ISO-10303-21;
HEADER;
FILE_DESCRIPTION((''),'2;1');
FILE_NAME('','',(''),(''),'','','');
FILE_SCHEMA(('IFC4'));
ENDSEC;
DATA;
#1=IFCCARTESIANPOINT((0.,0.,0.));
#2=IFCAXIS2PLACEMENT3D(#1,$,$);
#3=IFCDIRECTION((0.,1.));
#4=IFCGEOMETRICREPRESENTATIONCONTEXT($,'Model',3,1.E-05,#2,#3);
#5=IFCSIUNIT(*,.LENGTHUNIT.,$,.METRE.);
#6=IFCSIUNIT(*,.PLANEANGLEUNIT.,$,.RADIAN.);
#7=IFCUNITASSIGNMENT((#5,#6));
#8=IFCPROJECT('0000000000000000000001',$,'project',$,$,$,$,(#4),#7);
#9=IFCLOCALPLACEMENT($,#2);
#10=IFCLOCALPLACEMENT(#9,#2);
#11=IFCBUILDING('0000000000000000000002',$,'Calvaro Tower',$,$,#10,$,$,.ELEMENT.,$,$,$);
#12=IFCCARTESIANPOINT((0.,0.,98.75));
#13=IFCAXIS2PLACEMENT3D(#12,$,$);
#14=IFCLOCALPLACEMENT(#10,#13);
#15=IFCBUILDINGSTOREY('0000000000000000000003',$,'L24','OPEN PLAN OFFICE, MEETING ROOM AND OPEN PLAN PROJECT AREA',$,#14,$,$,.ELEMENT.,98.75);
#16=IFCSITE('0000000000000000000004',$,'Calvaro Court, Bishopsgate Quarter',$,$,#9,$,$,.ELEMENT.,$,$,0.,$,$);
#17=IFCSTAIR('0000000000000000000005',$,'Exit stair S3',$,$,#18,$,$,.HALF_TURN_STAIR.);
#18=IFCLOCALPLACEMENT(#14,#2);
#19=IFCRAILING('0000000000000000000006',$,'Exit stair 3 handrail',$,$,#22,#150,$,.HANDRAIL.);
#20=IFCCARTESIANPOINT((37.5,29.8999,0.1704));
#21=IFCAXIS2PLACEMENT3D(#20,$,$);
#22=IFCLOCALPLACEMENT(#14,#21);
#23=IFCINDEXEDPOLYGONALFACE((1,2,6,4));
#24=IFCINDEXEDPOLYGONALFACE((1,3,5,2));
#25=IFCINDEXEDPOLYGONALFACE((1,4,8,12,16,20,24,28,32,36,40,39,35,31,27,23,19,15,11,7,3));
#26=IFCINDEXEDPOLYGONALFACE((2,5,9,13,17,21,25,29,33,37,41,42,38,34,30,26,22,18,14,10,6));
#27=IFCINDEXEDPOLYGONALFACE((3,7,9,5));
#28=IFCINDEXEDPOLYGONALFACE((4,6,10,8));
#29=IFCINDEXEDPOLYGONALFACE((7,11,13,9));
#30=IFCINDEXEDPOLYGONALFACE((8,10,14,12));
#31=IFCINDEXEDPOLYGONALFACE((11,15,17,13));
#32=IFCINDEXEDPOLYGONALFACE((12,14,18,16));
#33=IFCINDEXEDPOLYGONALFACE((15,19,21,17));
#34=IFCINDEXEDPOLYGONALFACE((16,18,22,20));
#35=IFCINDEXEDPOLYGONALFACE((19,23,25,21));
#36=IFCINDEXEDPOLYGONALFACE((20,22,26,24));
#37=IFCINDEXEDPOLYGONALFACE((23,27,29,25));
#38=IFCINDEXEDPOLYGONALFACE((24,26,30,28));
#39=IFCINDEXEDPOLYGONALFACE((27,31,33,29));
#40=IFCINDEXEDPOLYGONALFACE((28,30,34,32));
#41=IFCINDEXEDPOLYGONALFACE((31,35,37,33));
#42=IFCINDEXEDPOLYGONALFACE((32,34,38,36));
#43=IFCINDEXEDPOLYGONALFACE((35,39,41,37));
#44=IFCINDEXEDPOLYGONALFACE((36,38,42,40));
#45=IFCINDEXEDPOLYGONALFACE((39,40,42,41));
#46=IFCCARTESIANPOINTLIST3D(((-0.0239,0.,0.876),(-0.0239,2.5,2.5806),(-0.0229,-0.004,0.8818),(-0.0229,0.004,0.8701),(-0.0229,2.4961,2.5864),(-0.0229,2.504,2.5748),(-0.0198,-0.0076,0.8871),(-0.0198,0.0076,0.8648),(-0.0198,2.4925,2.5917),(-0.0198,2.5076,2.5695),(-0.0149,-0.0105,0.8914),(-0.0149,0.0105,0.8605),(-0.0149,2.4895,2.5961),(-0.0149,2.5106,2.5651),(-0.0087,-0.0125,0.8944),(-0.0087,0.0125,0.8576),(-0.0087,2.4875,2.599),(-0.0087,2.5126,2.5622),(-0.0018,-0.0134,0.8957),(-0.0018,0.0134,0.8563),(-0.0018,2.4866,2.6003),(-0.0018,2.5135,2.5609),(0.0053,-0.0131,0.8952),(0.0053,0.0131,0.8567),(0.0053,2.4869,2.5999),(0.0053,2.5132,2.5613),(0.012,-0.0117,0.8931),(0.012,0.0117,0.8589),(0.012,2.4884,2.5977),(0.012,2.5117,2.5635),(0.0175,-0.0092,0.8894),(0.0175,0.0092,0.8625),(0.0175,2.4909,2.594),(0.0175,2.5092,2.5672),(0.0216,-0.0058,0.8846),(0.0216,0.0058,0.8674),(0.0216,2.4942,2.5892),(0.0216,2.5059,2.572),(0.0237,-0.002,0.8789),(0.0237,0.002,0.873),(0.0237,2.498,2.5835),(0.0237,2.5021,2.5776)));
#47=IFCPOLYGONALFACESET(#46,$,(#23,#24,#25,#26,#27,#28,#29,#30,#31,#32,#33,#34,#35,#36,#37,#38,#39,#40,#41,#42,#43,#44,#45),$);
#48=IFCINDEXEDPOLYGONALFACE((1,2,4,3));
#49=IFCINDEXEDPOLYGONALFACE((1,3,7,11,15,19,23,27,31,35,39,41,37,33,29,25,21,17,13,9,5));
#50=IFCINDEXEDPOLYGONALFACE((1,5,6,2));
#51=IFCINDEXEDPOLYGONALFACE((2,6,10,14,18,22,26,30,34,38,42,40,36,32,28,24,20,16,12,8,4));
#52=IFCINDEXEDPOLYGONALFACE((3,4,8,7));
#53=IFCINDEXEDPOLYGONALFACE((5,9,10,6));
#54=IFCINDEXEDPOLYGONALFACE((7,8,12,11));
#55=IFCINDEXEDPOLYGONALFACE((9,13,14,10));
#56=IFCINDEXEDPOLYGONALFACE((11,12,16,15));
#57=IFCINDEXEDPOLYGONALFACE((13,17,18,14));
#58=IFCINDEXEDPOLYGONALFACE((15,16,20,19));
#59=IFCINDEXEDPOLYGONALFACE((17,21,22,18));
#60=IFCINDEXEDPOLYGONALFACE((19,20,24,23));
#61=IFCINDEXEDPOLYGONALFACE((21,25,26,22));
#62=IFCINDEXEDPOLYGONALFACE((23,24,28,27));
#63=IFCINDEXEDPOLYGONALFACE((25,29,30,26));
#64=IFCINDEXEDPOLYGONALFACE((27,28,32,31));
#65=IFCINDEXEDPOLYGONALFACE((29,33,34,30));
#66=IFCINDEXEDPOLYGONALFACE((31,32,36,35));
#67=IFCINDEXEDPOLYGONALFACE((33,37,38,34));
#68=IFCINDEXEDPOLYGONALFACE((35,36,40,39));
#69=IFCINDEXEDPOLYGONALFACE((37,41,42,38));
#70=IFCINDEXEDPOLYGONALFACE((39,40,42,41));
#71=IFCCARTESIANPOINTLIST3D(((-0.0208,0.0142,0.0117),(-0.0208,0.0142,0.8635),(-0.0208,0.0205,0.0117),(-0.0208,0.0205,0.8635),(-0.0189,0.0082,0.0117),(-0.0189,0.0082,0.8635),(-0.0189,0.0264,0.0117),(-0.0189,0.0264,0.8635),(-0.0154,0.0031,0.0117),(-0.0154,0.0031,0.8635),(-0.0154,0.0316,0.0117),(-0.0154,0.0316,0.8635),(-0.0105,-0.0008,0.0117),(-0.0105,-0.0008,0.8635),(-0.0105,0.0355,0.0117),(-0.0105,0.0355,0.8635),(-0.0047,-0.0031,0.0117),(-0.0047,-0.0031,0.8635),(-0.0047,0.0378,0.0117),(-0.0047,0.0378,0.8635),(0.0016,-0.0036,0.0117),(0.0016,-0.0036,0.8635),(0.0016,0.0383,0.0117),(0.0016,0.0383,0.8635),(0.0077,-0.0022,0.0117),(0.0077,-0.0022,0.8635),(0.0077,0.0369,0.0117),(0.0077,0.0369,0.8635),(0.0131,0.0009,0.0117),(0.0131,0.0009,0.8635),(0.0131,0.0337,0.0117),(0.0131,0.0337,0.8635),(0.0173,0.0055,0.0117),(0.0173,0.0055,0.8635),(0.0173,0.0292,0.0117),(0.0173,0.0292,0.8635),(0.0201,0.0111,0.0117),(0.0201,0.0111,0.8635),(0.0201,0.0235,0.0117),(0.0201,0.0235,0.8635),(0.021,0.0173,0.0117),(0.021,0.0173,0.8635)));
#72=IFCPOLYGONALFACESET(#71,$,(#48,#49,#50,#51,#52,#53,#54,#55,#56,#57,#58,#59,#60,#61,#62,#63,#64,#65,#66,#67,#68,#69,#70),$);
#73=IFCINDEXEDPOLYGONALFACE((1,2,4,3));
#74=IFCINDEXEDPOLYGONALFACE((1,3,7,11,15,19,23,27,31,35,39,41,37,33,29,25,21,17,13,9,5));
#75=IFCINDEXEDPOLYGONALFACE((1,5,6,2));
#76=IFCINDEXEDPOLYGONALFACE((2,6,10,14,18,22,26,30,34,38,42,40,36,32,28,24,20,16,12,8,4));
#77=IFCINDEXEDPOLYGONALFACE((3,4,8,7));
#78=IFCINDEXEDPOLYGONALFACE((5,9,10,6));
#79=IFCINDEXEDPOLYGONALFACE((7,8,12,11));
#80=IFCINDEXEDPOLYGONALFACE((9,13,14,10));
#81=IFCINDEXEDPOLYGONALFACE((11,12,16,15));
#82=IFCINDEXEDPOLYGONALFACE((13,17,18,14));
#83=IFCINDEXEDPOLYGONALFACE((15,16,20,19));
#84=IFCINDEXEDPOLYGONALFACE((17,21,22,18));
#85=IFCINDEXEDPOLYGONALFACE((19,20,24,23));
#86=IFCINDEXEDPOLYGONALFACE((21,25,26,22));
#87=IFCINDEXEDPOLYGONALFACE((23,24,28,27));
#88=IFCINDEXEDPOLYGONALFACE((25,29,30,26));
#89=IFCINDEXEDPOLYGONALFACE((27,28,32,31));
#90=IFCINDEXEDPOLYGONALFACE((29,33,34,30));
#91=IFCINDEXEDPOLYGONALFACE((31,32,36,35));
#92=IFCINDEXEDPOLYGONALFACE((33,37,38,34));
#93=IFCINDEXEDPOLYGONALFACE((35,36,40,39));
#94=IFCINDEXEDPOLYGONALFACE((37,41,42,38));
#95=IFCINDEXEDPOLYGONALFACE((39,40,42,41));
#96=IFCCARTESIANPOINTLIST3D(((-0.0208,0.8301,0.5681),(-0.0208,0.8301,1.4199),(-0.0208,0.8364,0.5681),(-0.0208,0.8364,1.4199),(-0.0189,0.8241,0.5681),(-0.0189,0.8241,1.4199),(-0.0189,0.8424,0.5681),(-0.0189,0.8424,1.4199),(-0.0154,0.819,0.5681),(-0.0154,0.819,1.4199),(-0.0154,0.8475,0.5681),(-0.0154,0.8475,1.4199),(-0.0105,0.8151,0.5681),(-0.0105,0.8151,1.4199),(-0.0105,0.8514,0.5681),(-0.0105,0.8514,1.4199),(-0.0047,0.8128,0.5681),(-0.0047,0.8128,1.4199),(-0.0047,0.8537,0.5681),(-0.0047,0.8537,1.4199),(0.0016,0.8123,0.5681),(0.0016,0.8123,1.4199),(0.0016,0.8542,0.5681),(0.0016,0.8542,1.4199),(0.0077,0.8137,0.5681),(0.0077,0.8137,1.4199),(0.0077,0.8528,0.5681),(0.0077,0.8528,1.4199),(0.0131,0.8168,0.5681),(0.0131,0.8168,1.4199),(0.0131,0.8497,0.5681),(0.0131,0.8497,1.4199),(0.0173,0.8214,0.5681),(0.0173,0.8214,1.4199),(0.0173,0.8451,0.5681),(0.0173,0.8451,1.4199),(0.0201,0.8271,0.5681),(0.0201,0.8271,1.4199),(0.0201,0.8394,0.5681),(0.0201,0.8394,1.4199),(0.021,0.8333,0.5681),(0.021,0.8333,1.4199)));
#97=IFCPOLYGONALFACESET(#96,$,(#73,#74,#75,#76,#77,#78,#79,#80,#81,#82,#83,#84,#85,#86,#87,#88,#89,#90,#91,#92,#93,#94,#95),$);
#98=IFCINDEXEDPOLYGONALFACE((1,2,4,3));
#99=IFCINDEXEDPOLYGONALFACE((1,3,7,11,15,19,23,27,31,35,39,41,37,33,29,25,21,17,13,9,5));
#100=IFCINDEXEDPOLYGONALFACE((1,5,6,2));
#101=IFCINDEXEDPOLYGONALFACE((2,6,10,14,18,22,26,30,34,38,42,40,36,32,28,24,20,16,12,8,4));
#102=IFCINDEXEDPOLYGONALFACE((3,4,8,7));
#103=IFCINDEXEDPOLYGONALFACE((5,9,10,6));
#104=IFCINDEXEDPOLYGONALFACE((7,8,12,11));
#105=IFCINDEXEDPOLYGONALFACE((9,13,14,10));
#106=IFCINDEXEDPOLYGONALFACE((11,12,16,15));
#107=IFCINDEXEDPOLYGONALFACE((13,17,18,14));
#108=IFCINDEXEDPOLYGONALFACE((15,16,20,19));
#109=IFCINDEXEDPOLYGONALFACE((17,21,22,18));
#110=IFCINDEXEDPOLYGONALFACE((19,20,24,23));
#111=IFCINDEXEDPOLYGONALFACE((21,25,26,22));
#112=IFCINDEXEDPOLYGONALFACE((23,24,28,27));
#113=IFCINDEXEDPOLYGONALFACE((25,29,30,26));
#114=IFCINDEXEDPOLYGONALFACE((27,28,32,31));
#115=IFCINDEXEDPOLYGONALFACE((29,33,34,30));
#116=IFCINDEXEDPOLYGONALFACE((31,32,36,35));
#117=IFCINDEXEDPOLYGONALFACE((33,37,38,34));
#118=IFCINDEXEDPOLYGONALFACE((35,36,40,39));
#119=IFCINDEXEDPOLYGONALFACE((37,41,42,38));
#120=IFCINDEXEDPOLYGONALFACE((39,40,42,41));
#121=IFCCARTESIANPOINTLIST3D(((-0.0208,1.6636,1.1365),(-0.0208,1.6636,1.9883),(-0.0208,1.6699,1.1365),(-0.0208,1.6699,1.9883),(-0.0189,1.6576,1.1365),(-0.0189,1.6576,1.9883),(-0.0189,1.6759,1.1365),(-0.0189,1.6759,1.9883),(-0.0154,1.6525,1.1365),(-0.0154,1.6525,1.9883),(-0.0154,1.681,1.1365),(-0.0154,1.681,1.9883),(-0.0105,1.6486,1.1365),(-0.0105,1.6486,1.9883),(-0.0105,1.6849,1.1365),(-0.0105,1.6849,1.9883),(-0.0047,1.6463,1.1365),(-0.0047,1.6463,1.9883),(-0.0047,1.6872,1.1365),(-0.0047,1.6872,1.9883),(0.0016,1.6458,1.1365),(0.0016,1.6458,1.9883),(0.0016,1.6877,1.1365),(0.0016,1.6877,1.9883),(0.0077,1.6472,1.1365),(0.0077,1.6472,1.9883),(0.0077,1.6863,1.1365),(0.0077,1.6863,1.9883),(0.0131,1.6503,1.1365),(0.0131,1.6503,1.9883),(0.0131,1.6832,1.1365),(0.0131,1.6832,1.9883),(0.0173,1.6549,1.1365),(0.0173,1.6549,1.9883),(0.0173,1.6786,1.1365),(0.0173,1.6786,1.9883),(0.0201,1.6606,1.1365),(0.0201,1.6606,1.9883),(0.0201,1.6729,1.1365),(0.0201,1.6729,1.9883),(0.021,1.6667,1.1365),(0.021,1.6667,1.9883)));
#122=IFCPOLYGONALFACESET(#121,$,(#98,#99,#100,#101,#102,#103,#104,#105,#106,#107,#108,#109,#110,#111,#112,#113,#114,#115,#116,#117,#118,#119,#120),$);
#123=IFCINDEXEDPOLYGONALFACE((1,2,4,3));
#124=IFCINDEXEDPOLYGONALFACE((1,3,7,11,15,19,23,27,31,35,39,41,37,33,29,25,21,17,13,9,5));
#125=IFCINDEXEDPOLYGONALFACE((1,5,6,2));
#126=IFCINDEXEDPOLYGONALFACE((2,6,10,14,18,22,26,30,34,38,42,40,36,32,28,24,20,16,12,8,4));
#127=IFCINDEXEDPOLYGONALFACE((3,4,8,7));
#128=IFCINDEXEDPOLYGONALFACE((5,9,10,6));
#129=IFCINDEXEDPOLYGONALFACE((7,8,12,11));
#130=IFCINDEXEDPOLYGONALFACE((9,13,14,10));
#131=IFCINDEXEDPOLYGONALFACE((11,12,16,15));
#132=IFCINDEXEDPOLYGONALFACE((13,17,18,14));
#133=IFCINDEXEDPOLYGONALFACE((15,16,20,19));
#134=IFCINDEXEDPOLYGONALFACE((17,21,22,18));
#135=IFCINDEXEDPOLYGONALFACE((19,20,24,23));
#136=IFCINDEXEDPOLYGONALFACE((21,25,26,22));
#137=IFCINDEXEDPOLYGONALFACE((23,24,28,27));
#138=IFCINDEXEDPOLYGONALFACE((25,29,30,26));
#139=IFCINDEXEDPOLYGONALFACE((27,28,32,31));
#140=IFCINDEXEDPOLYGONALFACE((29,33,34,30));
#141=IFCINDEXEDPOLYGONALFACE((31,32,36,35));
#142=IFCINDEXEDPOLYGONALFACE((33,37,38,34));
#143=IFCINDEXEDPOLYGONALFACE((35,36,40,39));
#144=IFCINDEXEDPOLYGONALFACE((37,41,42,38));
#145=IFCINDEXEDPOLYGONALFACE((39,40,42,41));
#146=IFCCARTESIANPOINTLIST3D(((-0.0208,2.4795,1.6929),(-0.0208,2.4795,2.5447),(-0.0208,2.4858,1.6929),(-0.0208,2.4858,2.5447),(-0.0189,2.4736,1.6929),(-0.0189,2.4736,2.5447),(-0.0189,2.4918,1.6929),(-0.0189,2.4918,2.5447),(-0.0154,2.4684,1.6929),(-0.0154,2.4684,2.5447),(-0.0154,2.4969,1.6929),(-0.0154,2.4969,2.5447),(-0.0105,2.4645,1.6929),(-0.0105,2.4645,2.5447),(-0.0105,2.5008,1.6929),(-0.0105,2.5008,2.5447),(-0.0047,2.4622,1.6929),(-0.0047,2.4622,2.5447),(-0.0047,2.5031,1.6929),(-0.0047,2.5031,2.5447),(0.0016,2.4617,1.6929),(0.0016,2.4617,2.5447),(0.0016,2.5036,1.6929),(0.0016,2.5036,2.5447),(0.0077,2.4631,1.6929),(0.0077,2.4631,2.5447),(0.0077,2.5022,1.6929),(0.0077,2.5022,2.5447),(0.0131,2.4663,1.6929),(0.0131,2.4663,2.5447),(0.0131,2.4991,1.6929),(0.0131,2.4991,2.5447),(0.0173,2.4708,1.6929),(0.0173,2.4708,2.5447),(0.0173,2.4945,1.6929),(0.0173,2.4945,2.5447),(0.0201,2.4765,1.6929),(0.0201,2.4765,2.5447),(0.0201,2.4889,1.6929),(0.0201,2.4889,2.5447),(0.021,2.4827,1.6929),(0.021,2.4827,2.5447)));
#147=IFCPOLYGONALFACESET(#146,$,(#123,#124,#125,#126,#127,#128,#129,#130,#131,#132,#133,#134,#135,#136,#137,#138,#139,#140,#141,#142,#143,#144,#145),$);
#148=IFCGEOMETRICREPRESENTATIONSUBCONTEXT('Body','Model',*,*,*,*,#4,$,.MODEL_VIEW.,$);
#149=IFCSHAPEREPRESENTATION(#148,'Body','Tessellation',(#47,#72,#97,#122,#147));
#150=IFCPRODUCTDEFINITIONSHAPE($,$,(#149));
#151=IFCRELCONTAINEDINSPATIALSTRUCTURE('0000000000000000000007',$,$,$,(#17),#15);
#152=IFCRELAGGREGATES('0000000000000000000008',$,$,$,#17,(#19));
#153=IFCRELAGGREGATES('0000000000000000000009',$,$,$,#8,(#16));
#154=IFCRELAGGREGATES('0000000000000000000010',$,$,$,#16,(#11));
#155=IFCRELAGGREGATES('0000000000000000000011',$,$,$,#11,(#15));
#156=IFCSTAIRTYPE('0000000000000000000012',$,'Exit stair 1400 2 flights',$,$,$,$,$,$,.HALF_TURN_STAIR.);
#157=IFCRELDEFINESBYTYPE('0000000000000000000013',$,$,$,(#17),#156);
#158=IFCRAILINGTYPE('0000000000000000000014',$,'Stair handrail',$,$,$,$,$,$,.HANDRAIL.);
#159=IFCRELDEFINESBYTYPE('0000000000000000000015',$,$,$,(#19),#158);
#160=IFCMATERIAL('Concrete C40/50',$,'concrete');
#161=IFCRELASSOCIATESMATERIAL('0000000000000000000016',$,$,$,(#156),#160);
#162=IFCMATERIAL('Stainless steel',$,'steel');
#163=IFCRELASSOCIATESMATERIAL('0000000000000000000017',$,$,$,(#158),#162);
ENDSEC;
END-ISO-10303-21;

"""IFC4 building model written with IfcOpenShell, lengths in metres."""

from ifc_helpers import new_model, si_unit, direction, frame, origin, origin_2d, place, context, subcontext, project, spatial, circle, extrude, material, type_object, element, aggregate, save


model = new_model("IFC4")

# Units and contexts
model_context = context("Model", 3, precision=1e-05, world=origin(), true_north=direction((0.0, 1.0)))
body_context = subcontext(model_context, "Body", "Model", "MODEL_VIEW")
ifc_project = project(units=[si_unit("LENGTHUNIT", "METRE"), si_unit("PLANEANGLEUNIT", "RADIAN")], contexts=[model_context])

# Site, building, storey
site_placement = place(None, origin())
site = spatial("IfcSite", under=ifc_project, at=site_placement, Name="Calvaro Court, Bishopsgate Quarter", CompositionType="ELEMENT", RefElevation=0.0)
building_placement = place(site_placement, origin())
building = spatial("IfcBuilding", under=site, at=building_placement, Name="Calvaro Tower", CompositionType="ELEMENT")
storey_placement = place(building_placement, frame((0.0, 0.0, 98.75)))
storey = spatial("IfcBuildingStorey", under=building, at=storey_placement, Name="L24", Description="OPEN PLAN OFFICE, MEETING ROOM AND OPEN PLAN PROJECT AREA", CompositionType="ELEMENT", Elevation=98.75)

# Stair
ifc_material_1 = material(Name="Concrete C40/50", Category="concrete")
stair_type = type_object("IfcStairType", Name="Exit stair 1400 2 flights", PredefinedType="HALF_TURN_STAIR", material=ifc_material_1)
stair_1_placement = place(storey_placement, origin())
stair_1 = element("IfcStair", 1, at=stair_1_placement, inside=storey, type_object=stair_type, Name="Exit stair S3", PredefinedType="HALF_TURN_STAIR")

# Railing
ifc_material_2 = material(Name="Stainless steel", Category="steel")
railing_type = type_object("IfcRailingType", Name="Stair handrail", PredefinedType="HANDRAIL", material=ifc_material_2)
railing_1_placement = place(storey_placement, frame((37.5, 29.8999, 0.1704)))
railing_1 = element("IfcRailing", 2, at=railing_1_placement, type_object=railing_type, Name="Exit stair 3 handrail", PredefinedType="HANDRAIL", context=body_context, shape_type="SweptSolid", body=[
    extrude(circle(Radius=0.0239, at=origin_2d()), frame((0.0, 0.0, 0.876), z_axis=(0.0, 0.826221, 0.563347), x_axis=(-1.0, 0.0, 0.0)), (0.0, 0.0, 1.0), 3.0259),
    extrude(circle(Radius=0.021, at=origin_2d()), frame((0.0, 0.0173, 0.0117)), (0.0, 0.0, 1.0), 0.8518),
    extrude(circle(Radius=0.021, at=origin_2d()), frame((0.0, 0.8333, 0.5681)), (0.0, 0.0, 1.0), 0.8518),
    extrude(circle(Radius=0.021, at=origin_2d()), frame((0.0, 1.6667, 1.1365)), (0.0, 0.0, 1.0), 0.8518),
    extrude(circle(Radius=0.021, at=origin_2d()), frame((0.0, 2.4827, 1.6929)), (0.0, 0.0, 1.0), 0.8518),
])
aggregate(stair_1, [railing_1])

save(model, "model.ifc")
